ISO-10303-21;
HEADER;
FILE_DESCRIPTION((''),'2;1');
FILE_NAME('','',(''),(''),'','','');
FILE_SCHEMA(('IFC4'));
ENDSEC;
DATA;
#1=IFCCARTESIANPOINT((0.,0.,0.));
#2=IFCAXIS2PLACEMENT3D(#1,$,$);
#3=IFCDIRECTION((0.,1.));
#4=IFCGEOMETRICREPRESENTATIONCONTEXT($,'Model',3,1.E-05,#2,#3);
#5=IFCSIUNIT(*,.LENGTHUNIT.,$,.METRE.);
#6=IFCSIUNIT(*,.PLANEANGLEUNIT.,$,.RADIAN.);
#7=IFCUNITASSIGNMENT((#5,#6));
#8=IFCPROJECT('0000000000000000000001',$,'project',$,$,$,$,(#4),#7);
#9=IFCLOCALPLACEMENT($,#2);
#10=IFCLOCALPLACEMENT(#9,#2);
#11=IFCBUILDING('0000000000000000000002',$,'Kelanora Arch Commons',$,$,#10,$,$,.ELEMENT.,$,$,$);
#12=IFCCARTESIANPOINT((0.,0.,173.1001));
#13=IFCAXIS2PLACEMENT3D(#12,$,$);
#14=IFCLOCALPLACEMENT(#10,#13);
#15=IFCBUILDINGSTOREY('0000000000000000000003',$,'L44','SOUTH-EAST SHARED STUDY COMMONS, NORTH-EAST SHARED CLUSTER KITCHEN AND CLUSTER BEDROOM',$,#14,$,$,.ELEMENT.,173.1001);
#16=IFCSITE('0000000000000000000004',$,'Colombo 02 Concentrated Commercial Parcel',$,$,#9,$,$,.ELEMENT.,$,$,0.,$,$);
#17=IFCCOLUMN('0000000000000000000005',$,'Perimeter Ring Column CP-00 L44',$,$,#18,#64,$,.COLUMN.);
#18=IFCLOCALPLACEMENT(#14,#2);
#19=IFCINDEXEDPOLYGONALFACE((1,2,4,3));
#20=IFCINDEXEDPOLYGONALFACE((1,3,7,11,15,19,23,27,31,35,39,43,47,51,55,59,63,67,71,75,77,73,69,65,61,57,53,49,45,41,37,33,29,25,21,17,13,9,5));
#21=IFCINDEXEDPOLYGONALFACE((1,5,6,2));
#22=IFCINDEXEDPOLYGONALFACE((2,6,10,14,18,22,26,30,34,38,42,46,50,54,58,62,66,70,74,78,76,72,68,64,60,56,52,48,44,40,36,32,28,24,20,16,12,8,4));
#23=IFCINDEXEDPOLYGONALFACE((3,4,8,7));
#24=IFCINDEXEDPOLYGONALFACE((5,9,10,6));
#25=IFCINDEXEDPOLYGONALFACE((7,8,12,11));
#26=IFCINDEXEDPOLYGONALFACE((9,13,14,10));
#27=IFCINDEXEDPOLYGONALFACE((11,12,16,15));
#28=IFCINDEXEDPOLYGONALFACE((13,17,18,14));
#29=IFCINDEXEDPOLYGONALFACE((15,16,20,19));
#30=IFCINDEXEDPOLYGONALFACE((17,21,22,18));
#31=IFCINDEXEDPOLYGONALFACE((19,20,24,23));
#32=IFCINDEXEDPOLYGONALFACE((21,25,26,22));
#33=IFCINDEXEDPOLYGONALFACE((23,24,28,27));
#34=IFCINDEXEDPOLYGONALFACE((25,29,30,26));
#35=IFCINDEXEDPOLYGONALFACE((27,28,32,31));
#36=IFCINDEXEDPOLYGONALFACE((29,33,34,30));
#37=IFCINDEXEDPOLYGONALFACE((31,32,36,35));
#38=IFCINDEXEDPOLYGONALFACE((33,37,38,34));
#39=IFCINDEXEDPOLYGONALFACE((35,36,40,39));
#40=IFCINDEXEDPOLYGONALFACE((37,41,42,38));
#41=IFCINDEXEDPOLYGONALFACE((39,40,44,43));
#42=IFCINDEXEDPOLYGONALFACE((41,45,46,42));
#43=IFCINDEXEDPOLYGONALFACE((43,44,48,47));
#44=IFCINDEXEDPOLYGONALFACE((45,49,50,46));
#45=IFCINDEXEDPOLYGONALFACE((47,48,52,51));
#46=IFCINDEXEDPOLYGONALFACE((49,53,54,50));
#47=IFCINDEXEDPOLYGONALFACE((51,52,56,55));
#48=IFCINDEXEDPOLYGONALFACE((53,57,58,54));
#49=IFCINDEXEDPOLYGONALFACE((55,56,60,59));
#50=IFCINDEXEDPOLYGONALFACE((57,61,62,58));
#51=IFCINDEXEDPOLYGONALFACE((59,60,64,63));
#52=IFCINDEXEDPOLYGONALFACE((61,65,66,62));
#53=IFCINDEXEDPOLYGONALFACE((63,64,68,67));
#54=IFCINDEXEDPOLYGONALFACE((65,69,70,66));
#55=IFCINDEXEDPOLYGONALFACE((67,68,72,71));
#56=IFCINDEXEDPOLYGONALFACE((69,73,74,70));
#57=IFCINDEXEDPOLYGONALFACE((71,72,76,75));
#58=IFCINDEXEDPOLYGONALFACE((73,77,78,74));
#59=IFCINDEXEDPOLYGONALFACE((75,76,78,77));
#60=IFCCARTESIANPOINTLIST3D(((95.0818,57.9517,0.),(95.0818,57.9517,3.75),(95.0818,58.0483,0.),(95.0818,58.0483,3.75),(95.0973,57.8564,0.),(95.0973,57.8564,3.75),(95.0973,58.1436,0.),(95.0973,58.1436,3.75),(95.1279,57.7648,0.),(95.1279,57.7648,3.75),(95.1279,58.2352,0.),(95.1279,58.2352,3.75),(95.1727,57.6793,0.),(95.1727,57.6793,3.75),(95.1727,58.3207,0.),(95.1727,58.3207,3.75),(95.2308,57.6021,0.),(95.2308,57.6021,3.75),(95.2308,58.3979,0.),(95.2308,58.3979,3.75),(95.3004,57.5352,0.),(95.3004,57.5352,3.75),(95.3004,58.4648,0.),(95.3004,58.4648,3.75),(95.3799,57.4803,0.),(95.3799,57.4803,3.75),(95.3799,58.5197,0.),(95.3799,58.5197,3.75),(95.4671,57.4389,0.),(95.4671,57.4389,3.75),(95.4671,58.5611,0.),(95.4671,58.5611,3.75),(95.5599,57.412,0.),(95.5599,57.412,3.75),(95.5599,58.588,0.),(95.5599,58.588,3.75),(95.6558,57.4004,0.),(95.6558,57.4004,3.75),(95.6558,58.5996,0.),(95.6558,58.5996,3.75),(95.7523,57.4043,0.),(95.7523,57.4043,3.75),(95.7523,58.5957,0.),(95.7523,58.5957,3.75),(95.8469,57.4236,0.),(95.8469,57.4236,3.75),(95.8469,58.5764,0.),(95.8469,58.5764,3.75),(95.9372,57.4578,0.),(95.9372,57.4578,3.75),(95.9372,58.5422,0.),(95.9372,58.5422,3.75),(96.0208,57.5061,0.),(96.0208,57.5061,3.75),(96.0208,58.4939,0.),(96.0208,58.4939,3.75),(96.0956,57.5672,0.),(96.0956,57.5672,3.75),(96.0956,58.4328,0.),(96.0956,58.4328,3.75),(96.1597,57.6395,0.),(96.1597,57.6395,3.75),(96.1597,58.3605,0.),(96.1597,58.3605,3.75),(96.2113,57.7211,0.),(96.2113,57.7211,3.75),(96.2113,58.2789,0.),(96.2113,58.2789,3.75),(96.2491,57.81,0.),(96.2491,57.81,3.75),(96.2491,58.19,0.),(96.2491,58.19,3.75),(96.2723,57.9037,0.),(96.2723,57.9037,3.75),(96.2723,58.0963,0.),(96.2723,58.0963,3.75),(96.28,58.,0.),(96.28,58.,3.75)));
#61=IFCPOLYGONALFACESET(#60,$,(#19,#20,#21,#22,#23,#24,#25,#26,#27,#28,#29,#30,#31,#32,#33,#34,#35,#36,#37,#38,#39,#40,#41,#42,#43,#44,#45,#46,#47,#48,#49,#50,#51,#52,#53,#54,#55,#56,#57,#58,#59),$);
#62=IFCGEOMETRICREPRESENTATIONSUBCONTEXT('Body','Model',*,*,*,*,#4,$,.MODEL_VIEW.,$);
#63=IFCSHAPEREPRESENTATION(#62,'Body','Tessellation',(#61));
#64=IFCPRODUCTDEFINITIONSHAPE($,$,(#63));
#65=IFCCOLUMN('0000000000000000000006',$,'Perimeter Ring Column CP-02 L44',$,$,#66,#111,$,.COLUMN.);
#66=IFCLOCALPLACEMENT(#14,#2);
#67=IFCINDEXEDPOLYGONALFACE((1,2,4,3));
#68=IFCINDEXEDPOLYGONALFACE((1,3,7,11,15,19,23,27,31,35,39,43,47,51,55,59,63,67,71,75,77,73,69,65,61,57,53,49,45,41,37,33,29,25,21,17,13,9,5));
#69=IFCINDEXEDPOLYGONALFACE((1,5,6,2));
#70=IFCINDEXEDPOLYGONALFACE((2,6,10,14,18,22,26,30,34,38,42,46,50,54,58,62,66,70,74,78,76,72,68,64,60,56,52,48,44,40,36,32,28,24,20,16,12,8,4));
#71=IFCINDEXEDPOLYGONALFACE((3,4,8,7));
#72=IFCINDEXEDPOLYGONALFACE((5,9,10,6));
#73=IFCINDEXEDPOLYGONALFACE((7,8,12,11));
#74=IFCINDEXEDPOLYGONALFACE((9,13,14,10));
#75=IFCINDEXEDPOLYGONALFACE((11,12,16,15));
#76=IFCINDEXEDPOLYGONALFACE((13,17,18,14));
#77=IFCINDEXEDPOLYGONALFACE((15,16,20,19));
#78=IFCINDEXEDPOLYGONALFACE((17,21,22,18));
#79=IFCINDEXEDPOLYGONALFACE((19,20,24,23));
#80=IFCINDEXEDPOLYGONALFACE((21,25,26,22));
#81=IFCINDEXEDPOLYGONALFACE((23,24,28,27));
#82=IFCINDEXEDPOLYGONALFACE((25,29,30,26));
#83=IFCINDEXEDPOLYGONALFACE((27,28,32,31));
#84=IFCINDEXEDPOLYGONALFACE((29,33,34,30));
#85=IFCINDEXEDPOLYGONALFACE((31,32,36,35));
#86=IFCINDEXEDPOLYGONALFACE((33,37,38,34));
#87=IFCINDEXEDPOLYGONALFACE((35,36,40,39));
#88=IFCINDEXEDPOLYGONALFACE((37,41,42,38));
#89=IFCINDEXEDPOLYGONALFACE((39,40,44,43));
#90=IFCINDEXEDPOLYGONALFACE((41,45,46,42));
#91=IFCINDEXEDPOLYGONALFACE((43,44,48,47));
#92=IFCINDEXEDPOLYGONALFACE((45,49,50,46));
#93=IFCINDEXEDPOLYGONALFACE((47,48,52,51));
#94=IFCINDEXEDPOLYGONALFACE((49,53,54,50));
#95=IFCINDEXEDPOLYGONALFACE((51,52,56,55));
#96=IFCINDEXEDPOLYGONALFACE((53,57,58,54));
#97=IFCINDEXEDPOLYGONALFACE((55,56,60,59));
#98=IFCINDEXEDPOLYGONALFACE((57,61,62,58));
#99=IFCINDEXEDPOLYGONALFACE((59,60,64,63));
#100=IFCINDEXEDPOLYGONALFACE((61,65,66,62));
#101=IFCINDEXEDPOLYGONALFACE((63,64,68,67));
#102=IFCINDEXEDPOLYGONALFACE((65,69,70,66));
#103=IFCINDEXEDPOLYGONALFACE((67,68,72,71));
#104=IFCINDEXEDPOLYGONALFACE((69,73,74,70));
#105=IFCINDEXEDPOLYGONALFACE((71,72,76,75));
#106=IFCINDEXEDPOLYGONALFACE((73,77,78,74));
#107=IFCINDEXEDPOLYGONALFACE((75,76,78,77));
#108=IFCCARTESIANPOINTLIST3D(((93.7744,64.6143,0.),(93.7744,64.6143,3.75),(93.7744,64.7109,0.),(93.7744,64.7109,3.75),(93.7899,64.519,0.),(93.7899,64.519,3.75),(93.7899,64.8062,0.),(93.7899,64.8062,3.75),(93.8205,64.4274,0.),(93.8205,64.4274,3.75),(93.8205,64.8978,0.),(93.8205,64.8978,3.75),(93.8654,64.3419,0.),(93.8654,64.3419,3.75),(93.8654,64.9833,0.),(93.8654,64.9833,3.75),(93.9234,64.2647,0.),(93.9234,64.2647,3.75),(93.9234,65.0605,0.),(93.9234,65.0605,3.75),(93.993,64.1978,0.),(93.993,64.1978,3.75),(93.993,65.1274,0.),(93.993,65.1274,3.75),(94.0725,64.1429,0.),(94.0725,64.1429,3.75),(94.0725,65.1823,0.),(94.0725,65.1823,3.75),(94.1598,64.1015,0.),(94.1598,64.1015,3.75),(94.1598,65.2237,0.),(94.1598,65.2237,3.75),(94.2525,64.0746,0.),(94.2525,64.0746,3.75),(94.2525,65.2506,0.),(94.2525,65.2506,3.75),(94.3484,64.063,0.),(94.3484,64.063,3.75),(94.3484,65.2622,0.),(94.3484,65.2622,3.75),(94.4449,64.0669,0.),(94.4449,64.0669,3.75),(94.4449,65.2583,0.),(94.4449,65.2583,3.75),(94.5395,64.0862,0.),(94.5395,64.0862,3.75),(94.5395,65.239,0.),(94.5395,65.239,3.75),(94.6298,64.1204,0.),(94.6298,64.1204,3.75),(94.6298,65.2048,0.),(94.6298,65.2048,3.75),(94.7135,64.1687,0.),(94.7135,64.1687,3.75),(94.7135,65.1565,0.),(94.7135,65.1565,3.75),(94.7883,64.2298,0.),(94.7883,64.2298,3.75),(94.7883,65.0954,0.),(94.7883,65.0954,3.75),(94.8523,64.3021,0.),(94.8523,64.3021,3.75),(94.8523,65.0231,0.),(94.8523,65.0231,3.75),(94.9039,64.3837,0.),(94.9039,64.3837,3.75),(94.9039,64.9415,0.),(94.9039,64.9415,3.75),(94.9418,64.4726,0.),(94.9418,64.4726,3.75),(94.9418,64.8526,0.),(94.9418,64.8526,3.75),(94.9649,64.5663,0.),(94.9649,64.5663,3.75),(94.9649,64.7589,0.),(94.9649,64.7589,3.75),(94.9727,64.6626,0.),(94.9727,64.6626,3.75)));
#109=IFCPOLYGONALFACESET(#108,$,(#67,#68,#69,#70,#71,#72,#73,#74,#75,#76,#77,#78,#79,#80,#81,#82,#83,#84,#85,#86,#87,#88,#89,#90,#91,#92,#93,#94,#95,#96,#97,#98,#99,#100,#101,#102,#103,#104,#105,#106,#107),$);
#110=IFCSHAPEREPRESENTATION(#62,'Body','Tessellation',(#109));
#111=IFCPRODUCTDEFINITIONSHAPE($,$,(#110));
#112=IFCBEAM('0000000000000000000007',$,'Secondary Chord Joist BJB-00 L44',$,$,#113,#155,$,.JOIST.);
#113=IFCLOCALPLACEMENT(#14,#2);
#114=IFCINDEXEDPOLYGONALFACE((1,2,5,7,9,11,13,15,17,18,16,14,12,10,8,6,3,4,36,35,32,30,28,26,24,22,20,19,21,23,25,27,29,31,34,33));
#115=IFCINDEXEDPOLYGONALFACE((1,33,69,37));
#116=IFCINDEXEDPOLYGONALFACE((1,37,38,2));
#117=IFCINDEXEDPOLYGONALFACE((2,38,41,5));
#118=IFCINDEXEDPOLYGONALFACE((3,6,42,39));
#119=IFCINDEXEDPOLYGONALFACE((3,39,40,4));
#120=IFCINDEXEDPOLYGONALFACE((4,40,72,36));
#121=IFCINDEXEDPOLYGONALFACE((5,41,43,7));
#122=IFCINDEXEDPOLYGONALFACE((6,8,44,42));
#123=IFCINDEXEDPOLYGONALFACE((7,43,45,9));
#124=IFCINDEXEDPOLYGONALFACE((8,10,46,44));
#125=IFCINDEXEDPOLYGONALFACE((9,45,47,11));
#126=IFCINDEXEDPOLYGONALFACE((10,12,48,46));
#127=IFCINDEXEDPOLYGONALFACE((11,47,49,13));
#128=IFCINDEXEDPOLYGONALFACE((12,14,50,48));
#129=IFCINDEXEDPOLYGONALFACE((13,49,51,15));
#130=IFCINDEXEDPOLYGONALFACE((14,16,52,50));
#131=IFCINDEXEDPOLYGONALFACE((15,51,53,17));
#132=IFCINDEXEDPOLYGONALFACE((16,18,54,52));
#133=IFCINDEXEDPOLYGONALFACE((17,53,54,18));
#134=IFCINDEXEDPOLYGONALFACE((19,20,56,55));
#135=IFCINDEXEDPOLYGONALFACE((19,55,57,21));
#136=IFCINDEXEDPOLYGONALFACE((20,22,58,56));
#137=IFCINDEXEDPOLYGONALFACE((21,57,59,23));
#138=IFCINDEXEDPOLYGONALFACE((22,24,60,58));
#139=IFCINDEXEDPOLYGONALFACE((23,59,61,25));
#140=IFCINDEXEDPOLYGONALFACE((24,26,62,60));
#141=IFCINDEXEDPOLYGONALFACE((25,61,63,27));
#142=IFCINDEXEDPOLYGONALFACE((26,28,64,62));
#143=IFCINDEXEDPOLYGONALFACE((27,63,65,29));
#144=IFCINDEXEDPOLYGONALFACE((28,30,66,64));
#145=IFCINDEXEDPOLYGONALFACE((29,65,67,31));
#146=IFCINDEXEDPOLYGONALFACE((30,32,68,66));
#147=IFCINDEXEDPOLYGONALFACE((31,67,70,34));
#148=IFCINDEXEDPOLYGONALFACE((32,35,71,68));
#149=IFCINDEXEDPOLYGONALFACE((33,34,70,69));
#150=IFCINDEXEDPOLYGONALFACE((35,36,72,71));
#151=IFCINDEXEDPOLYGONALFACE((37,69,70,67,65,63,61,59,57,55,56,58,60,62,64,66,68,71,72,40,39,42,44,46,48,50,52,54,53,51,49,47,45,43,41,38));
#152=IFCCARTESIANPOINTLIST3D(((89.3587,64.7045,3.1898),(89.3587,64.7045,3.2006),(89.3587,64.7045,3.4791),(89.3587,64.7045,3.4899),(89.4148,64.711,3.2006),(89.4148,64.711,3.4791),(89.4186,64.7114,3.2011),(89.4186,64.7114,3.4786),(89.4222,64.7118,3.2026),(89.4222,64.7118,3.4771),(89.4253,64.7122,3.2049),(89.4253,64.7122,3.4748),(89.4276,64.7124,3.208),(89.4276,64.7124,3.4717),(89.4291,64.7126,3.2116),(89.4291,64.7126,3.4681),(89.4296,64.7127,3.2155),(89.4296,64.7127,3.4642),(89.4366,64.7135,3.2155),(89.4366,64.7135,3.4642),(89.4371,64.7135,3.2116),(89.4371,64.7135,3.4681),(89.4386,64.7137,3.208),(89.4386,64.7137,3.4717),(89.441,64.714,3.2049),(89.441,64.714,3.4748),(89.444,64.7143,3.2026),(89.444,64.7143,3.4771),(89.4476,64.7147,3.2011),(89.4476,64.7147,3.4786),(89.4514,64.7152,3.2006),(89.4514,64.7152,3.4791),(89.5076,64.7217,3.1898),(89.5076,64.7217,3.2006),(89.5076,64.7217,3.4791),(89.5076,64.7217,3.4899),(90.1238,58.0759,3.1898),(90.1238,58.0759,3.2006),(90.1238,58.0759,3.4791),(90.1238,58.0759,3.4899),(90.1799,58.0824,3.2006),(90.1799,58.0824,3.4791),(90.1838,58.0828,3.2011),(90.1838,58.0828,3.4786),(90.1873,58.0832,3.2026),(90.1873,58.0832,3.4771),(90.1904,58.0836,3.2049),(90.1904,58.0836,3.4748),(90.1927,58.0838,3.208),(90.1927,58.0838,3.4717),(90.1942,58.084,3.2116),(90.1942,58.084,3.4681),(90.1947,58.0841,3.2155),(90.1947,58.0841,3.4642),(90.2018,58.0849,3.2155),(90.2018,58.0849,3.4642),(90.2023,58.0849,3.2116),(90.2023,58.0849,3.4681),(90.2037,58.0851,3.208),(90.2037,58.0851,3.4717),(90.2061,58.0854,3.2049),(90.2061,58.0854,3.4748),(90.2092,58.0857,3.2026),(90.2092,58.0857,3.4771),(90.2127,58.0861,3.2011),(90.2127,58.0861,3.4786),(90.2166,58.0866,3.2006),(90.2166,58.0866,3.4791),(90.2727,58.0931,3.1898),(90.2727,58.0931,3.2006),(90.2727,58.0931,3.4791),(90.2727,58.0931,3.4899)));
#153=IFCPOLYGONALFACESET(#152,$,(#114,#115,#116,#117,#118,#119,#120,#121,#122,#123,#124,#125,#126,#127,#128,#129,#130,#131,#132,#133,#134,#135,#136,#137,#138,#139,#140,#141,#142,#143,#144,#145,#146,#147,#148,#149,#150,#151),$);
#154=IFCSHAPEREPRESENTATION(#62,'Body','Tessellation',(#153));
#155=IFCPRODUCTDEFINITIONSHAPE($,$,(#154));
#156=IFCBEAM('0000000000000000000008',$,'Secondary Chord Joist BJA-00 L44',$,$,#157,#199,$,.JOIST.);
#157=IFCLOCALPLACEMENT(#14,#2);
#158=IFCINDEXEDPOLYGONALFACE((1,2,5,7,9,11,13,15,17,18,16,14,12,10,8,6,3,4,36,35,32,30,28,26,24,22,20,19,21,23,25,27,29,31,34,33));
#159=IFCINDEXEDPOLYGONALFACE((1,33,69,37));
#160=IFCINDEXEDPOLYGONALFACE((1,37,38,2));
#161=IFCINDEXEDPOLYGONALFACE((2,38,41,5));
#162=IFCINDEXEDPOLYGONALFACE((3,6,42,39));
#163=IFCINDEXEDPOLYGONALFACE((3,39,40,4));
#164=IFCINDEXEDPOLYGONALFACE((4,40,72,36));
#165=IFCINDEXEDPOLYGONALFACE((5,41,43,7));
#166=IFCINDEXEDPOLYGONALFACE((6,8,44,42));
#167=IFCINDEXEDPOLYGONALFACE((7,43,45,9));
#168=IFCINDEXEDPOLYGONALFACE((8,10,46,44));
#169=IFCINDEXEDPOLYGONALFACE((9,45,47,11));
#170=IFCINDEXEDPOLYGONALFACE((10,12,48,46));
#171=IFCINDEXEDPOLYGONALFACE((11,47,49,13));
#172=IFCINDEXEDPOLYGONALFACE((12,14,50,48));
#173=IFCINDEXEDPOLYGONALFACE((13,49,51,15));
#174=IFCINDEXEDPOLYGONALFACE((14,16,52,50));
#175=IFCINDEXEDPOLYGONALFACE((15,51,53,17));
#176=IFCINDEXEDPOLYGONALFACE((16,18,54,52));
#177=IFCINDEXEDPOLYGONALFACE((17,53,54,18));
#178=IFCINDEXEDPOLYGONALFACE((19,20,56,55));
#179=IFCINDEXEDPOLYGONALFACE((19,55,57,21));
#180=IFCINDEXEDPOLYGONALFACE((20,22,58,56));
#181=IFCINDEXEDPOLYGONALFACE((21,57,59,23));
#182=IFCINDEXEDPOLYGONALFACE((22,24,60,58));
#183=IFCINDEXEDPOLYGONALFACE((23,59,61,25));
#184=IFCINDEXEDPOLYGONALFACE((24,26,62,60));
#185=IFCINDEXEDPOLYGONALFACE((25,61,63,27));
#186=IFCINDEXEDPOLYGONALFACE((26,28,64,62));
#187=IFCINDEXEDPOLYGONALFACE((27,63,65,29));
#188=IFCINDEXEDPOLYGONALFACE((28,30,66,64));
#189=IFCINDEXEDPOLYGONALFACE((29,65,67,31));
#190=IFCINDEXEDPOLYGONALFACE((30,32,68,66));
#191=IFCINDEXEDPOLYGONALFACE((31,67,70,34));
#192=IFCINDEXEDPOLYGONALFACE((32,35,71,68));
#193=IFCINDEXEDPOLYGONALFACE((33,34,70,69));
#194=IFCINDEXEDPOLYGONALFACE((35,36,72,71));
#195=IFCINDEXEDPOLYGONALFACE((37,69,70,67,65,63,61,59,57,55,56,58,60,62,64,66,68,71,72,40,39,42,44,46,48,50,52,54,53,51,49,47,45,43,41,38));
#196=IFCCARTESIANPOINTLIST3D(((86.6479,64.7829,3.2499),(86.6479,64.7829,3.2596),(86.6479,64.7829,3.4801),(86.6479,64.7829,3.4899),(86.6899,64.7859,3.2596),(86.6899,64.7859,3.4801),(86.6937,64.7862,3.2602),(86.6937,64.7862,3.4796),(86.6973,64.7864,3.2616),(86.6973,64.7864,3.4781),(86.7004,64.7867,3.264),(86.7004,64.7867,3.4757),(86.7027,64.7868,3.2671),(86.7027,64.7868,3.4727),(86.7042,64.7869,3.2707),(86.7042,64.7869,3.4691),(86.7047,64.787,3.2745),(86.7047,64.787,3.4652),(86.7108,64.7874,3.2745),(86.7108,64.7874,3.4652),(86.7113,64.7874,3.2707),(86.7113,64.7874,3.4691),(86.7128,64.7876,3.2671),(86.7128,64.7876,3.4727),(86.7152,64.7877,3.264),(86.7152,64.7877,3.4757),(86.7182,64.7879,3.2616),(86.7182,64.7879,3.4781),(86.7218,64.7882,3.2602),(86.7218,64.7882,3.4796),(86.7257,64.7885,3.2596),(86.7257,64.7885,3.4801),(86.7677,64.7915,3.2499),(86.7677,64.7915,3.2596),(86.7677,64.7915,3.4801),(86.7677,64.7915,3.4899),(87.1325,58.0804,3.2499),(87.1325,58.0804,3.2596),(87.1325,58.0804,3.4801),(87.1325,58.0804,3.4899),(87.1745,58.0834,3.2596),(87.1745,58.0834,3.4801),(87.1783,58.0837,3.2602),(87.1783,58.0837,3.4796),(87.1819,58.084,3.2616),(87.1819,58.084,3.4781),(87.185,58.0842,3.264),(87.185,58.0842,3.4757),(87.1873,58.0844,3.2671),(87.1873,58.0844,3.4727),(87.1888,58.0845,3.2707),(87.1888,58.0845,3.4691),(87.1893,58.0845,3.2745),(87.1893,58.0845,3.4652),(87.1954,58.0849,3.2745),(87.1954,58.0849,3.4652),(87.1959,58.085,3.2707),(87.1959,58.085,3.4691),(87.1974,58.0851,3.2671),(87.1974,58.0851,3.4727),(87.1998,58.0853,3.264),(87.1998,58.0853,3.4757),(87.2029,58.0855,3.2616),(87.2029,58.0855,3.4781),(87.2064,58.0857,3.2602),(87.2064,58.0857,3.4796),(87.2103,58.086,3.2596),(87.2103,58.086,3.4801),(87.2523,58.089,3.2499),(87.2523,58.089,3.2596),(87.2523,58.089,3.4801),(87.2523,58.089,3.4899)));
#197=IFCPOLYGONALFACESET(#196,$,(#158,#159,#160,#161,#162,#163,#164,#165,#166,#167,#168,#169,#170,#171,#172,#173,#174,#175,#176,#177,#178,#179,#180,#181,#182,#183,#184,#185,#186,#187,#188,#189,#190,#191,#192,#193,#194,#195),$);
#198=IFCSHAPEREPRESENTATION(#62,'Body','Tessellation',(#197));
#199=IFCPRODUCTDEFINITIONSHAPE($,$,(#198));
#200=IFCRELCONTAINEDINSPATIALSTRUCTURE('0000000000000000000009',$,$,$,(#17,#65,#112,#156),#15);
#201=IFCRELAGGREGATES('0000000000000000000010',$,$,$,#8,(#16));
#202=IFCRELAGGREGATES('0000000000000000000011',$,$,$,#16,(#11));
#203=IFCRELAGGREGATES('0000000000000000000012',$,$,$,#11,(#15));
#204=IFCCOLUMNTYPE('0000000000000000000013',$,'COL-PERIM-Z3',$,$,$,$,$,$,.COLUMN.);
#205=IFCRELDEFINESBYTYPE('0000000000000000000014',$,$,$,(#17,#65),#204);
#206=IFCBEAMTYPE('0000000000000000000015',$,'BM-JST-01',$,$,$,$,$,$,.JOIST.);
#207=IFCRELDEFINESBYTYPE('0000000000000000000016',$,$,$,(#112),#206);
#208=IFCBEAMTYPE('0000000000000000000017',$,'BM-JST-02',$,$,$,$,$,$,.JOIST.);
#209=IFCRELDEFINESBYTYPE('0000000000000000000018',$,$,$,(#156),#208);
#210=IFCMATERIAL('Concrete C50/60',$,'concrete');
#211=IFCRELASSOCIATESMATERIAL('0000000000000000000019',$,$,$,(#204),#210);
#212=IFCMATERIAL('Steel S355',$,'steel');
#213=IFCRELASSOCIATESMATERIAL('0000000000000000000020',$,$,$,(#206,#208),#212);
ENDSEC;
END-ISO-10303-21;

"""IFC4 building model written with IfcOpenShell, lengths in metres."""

from ifc_helpers import new_model, si_unit, direction, frame, origin, origin_2d, place, context, subcontext, project, spatial, circle, i_section, extrude, material, material_profile, profile_set, type_object, element, save


model = new_model("IFC4")

# Units and contexts
model_context = context("Model", 3, precision=1e-05, world=origin(), true_north=direction((0.0, 1.0)))
body_context = subcontext(model_context, "Body", "Model", "MODEL_VIEW")
ifc_project = project(units=[si_unit("LENGTHUNIT", "METRE"), si_unit("PLANEANGLEUNIT", "RADIAN")], contexts=[model_context])

# Site, building, storey
site_placement = place(None, origin())
site = spatial("IfcSite", under=ifc_project, at=site_placement, Name="Colombo 02 Concentrated Commercial Parcel", CompositionType="ELEMENT", RefElevation=0.0)
building_placement = place(site_placement, origin())
building = spatial("IfcBuilding", under=site, at=building_placement, Name="Kelanora Arch Commons", CompositionType="ELEMENT")
storey_placement = place(building_placement, frame((0.0, 0.0, 173.1001)))
storey = spatial("IfcBuildingStorey", under=building, at=storey_placement, Name="L44", Description="SOUTH-EAST SHARED STUDY COMMONS, NORTH-EAST SHARED CLUSTER KITCHEN AND CLUSTER BEDROOM", CompositionType="ELEMENT", Elevation=173.1001)

# Columns
ifc_material_1 = material(Name="Concrete C50/60", Category="concrete")
ifc_material_profile_1 = material_profile(ifc_material_1, circle(Radius=0.6001, at=origin_2d()), Name="RCC1200")
ifc_profile_set_1 = profile_set([ifc_material_profile_1], Name="Concrete C50/60")
column_type = type_object("IfcColumnType", Name="COL-PERIM-Z3", PredefinedType="COLUMN", material=ifc_profile_set_1)
for number, where, z_axis, x_axis, name in (
    (1, (95.6799, 58.0, 0.0), (0.0, 0.0, 1.0), (1.0, 0.0, 0.0), "Perimeter Ring Column CP-00 L44"),
    (2, (94.3726, 64.6626, 0.0), (0.0, 0.0, 1.0), (1.0, 0.0, 0.0), "Perimeter Ring Column CP-02 L44"),
):
    element("IfcColumn", number, at=place(storey_placement, frame(where, z_axis=z_axis, x_axis=x_axis)), inside=storey, type_object=column_type, Name=name, PredefinedType="COLUMN", context=body_context, shape_type="SweptSolid", body=[
        extrude(circle(Radius=0.6001, at=origin_2d()), origin(), (0.0, 0.0, 1.0), 3.75),
    ])

# Beams
ifc_material_2 = material(Name="Steel S355", Category="steel")
ifc_material_profile_2 = material_profile(ifc_material_2, i_section(OverallWidth=0.1499, OverallDepth=0.3, WebThickness=0.0071, FlangeThickness=0.0107, FilletRadius=0.0149, at=origin_2d()), Name="IPE300")
ifc_profile_set_2 = profile_set([ifc_material_profile_2], Name="Steel S355")
beam_type_1 = type_object("IfcBeamType", Name="BM-JST-01", PredefinedType="JOIST", material=ifc_profile_set_2)
beam_1_placement = place(storey_placement, frame((90.1982, 58.0845, 3.3398), z_axis=(-0.114667, 0.993404, 0.0), x_axis=(-0.993404, -0.114667, 0.0)))
element("IfcBeam", 3, at=beam_1_placement, inside=storey, type_object=beam_type_1, Name="Secondary Chord Joist BJB-00 L44", PredefinedType="JOIST", context=body_context, shape_type="SweptSolid", body=[
    extrude(i_section(OverallWidth=0.1499, OverallDepth=0.3, WebThickness=0.0071, FlangeThickness=0.0107, FilletRadius=0.0149, at=origin_2d()), origin(), (0.0, 0.0, 1.0), 6.6726),
])
ifc_material_profile_3 = material_profile(ifc_material_2, i_section(OverallWidth=0.1201, OverallDepth=0.24, WebThickness=0.0061, FlangeThickness=0.0098, FilletRadius=0.0149, at=origin_2d()), Name="IPE240")
ifc_profile_set_3 = profile_set([ifc_material_profile_3], Name="Steel S355")
beam_type_2 = type_object("IfcBeamType", Name="BM-JST-02", PredefinedType="JOIST", material=ifc_profile_set_3)
beam_2_placement = place(storey_placement, frame((87.1924, 58.0847, 3.3699), z_axis=(-0.072117, 0.997396, 0.0), x_axis=(-0.997396, -0.072117, 0.0)))
element("IfcBeam", 4, at=beam_2_placement, inside=storey, type_object=beam_type_2, Name="Secondary Chord Joist BJA-00 L44", PredefinedType="JOIST", context=body_context, shape_type="SweptSolid", body=[
    extrude(i_section(OverallWidth=0.1201, OverallDepth=0.24, WebThickness=0.0061, FlangeThickness=0.0098, FilletRadius=0.0149, at=origin_2d()), origin(), (0.0, 0.0, 1.0), 6.72),
])

save(model, "model.ifc")
